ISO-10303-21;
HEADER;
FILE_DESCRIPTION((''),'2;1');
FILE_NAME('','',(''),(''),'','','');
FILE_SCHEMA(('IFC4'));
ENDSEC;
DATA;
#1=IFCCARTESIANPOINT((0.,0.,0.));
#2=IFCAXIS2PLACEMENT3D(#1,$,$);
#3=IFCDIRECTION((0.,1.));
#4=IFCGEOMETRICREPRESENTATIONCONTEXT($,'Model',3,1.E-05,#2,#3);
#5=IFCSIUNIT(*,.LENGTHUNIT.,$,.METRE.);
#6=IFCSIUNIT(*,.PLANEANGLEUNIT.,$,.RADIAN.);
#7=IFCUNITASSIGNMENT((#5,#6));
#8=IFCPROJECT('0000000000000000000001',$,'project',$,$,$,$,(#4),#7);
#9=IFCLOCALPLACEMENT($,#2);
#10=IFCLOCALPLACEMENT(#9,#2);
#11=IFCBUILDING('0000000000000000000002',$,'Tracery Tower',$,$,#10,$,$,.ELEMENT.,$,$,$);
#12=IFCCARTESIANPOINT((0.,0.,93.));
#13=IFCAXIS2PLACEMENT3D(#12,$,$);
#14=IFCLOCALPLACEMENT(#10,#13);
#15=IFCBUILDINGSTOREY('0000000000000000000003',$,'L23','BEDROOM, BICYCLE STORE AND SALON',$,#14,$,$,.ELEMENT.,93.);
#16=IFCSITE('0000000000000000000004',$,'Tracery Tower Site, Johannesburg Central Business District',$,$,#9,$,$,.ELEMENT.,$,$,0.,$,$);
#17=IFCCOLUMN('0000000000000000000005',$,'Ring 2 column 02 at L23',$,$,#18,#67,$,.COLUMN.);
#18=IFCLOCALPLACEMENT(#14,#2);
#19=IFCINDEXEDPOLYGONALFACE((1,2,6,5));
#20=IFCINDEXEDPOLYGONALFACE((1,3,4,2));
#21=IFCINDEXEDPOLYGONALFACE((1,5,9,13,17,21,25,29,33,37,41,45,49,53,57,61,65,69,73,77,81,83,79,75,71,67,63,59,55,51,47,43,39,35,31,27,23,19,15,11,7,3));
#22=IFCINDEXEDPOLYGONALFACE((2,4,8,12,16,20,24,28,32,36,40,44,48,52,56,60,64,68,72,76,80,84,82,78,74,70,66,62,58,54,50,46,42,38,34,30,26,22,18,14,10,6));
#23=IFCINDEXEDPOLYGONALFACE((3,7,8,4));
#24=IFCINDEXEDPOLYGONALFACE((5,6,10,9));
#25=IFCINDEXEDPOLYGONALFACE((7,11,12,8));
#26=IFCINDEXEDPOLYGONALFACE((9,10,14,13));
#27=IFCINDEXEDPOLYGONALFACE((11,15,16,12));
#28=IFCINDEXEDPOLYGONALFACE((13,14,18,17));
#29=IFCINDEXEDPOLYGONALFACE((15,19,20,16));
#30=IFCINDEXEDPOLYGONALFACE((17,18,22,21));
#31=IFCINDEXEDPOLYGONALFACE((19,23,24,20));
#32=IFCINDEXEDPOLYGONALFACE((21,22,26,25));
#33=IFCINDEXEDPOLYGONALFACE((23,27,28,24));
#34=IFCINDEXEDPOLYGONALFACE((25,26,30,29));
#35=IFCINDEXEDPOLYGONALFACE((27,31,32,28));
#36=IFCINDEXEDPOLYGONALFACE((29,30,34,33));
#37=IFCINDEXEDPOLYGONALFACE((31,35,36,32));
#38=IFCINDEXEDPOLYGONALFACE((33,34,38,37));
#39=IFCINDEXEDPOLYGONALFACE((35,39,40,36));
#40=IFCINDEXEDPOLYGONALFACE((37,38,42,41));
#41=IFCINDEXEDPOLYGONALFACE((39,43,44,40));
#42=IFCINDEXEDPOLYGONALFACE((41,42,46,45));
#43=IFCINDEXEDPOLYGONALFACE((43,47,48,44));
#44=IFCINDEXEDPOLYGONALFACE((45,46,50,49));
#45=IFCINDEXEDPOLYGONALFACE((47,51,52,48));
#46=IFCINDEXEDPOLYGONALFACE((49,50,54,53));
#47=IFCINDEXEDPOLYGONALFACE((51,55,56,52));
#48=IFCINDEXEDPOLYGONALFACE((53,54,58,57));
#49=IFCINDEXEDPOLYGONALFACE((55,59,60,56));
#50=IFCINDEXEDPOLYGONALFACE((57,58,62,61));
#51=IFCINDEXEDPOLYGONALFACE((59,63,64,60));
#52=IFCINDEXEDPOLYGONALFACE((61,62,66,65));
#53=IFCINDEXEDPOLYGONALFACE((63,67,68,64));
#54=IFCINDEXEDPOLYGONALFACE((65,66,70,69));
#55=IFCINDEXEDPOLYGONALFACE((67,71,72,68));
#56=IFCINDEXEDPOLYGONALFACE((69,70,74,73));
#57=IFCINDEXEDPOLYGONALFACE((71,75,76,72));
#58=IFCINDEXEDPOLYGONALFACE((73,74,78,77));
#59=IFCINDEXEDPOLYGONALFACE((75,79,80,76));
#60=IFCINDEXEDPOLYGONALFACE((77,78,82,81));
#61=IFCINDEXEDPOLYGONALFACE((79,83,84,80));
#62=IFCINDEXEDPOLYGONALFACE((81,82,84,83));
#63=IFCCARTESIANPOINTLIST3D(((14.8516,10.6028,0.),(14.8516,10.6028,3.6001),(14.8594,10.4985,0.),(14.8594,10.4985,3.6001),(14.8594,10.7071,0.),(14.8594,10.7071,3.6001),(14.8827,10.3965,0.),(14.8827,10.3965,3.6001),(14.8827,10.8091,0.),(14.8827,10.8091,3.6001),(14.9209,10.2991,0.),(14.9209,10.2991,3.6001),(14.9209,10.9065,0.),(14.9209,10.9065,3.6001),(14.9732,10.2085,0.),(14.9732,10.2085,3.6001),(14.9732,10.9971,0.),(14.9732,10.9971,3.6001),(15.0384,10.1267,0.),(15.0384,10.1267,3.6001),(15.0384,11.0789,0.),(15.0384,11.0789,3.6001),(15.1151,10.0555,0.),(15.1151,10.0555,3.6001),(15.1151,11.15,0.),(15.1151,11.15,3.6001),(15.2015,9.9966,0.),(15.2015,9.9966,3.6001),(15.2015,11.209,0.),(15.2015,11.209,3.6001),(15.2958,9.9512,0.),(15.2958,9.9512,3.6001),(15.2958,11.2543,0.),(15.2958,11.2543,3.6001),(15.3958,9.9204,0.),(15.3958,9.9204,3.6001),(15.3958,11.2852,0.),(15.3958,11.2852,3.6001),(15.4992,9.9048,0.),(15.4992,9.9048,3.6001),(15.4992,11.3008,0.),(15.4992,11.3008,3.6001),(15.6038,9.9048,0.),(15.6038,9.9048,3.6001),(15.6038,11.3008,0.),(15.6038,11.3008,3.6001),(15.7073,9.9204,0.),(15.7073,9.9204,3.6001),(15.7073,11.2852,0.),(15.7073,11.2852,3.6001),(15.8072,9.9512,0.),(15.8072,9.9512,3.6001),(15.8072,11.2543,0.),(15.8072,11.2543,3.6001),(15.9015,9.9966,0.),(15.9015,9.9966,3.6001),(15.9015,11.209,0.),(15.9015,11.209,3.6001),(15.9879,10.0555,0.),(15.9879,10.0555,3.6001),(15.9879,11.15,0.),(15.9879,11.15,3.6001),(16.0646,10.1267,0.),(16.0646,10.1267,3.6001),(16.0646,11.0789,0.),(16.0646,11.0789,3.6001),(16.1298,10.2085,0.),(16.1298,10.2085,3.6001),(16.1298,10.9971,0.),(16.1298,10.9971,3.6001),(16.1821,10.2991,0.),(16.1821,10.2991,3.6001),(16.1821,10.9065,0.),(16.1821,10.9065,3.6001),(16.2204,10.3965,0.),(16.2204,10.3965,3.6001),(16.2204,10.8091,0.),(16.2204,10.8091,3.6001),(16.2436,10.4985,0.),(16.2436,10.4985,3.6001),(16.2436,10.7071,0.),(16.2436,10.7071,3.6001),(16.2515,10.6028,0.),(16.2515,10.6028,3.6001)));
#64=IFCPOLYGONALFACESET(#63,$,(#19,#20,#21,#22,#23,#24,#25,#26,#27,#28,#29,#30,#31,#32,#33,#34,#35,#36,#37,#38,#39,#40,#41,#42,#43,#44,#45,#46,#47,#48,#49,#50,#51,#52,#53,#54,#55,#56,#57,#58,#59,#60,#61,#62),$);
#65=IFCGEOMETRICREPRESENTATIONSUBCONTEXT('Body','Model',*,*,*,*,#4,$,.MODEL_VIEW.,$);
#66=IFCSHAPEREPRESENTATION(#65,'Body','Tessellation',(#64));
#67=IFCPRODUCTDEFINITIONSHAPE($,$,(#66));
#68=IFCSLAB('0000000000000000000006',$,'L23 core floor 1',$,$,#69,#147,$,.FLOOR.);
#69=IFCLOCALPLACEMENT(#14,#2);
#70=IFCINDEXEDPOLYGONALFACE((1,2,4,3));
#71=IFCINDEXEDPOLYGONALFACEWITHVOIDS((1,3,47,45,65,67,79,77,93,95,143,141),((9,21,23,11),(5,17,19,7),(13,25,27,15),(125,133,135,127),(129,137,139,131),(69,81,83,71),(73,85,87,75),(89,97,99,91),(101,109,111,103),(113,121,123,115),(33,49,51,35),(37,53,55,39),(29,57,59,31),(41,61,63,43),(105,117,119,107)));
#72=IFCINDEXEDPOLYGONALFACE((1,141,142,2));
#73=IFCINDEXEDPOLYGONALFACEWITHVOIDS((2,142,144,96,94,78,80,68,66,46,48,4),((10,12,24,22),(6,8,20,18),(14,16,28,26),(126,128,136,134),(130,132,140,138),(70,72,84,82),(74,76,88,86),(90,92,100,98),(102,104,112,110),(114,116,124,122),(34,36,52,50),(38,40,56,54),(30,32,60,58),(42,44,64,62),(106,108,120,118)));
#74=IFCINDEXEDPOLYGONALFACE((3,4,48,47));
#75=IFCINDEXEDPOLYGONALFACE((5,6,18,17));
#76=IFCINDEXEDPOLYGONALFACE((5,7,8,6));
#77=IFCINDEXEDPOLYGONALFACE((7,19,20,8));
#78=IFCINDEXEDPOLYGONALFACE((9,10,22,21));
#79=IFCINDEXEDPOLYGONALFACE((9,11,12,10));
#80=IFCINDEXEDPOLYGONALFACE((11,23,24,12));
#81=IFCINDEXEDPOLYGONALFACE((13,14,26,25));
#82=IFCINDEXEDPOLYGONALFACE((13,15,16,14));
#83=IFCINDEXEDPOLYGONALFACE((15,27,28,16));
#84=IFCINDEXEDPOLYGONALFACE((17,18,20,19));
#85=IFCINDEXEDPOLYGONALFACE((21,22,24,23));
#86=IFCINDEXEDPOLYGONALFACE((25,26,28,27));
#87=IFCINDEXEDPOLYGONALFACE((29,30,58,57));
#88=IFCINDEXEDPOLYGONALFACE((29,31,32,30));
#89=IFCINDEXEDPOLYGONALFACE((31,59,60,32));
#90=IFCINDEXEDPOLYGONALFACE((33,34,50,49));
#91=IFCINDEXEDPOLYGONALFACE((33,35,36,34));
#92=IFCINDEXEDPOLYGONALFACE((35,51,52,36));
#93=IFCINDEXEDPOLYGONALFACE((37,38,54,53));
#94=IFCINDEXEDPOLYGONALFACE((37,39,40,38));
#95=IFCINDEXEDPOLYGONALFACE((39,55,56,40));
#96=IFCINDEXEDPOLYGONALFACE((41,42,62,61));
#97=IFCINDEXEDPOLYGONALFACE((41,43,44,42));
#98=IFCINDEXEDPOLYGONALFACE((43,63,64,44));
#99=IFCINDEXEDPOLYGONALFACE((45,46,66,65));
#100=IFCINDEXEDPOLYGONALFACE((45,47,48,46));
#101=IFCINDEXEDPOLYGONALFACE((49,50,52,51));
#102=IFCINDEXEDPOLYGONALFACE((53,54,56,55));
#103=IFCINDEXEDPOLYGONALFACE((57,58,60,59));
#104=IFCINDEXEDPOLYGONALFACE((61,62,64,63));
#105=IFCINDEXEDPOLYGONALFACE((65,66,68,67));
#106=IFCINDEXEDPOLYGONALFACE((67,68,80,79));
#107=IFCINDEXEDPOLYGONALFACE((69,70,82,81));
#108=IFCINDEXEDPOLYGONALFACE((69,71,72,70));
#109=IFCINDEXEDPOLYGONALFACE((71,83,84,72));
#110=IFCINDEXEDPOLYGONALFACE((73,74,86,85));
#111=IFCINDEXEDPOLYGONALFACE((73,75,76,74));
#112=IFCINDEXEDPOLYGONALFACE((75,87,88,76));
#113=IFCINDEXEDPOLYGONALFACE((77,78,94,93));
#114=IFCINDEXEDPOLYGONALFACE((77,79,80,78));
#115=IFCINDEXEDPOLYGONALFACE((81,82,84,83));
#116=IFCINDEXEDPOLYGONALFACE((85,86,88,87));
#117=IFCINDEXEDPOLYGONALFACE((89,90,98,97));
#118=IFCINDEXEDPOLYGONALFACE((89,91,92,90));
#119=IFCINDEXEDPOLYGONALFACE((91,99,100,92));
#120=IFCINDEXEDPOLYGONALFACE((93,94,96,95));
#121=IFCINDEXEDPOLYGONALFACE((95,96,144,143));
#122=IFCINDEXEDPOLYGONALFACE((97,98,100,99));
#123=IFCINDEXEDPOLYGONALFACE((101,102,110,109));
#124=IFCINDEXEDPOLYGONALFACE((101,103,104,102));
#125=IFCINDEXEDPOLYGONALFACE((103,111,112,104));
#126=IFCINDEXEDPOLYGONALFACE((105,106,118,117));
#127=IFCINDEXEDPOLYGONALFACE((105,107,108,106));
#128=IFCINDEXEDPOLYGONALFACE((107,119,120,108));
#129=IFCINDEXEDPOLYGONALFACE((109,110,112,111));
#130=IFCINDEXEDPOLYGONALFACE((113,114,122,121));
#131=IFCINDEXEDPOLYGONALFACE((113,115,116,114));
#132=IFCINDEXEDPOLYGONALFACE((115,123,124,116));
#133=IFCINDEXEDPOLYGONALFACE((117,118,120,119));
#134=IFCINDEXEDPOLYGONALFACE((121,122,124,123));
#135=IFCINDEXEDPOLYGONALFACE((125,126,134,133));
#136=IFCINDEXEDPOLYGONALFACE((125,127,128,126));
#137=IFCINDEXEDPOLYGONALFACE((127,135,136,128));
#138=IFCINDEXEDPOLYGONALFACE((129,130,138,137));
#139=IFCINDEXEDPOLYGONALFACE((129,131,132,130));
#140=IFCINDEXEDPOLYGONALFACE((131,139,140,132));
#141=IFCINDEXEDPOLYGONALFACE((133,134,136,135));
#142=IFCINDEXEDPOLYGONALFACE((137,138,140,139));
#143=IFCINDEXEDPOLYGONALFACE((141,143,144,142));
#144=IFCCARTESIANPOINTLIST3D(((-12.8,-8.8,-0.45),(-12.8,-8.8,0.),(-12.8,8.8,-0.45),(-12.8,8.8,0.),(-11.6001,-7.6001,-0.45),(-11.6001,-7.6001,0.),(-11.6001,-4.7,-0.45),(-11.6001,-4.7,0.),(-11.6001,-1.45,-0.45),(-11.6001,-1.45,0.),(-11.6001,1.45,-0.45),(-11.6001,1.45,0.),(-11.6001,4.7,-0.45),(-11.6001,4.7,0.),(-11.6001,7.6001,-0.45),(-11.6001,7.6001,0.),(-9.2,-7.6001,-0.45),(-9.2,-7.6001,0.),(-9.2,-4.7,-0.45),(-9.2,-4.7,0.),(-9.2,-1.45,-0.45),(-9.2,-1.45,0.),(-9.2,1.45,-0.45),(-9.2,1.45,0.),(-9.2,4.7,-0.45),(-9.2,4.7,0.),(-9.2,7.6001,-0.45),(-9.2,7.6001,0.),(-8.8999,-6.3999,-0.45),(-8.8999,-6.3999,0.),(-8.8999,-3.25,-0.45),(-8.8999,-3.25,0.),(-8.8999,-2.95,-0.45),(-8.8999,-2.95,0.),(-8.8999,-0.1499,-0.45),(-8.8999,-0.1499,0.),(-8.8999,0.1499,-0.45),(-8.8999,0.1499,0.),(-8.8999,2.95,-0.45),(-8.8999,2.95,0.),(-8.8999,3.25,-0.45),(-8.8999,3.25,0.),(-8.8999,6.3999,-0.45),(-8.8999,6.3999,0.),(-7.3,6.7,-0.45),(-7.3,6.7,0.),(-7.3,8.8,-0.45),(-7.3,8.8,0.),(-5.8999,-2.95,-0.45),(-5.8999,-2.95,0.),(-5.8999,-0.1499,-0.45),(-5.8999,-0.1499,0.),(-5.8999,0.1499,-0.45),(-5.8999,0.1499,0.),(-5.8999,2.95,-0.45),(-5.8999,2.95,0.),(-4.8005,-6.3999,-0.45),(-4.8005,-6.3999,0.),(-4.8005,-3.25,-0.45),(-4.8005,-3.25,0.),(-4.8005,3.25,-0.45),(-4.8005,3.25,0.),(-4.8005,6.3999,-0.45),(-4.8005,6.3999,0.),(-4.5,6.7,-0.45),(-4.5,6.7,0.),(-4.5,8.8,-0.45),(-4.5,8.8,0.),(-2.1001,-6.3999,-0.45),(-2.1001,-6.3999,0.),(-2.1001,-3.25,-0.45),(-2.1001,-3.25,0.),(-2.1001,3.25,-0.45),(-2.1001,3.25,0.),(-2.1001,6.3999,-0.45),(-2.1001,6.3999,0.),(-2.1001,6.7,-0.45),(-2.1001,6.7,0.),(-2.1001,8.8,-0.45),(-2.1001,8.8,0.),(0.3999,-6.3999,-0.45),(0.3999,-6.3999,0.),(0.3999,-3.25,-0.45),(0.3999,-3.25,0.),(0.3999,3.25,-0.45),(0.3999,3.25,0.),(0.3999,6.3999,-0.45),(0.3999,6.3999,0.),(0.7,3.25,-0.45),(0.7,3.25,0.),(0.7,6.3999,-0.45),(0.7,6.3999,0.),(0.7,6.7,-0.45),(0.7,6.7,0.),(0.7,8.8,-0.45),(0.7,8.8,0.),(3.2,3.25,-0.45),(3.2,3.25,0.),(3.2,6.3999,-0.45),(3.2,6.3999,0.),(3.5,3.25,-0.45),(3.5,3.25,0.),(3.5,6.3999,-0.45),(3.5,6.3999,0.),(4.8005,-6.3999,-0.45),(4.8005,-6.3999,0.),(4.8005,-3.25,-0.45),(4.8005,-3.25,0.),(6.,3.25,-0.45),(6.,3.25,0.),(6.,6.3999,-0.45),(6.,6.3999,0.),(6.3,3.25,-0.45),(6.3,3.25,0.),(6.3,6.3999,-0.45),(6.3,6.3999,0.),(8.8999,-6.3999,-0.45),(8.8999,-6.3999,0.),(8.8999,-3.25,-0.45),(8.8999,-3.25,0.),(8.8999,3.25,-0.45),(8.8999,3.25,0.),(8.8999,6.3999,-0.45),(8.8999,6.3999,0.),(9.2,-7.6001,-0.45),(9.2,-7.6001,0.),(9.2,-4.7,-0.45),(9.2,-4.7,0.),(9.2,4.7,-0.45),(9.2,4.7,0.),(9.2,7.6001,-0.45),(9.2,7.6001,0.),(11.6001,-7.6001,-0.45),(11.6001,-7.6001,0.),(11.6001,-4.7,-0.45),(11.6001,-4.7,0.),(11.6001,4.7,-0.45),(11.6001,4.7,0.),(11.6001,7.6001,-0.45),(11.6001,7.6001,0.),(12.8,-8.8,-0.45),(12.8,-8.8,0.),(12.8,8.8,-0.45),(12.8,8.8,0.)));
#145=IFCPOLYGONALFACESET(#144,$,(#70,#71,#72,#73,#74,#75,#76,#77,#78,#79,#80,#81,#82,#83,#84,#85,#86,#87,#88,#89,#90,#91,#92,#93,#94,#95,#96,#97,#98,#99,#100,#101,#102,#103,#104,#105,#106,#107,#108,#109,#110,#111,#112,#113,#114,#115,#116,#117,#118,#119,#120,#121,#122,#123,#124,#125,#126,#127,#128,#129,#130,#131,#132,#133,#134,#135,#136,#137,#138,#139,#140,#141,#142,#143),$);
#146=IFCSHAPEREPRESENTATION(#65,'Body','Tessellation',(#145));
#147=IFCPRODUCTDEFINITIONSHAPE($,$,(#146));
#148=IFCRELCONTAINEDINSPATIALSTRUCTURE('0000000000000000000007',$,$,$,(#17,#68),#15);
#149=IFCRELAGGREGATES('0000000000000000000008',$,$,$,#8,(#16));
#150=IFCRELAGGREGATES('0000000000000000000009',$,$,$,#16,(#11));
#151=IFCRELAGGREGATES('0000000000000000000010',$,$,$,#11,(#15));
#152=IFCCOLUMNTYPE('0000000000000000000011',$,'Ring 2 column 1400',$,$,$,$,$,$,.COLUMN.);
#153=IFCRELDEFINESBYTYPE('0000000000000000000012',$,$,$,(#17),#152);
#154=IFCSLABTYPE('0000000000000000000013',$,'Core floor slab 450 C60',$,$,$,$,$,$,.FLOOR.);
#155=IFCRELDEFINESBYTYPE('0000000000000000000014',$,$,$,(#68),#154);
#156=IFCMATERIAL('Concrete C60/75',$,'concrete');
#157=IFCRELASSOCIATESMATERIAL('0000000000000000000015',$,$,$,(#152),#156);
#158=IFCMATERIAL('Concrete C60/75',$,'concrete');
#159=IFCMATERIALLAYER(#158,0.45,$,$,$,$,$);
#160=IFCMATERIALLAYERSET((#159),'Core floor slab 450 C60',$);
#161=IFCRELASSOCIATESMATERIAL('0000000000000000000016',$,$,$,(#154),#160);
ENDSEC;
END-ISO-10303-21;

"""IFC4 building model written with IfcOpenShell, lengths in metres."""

from ifc_helpers import new_model, si_unit, direction, frame, origin, origin_2d, place, context, subcontext, project, spatial, polyline, circle, outline, extrude, material, layer, layer_set, material_profile, profile_set, type_object, element, save


model = new_model("IFC4")

# Units and contexts
model_context = context("Model", 3, precision=1e-05, world=origin(), true_north=direction((0.0, 1.0)))
body_context = subcontext(model_context, "Body", "Model", "MODEL_VIEW")
ifc_project = project(units=[si_unit("LENGTHUNIT", "METRE"), si_unit("PLANEANGLEUNIT", "RADIAN")], contexts=[model_context])

# Site, building, storey
site_placement = place(None, origin())
site = spatial("IfcSite", under=ifc_project, at=site_placement, Name="Tracery Tower Site, Johannesburg Central Business District", CompositionType="ELEMENT", RefElevation=0.0)
building_placement = place(site_placement, origin())
building = spatial("IfcBuilding", under=site, at=building_placement, Name="Tracery Tower", CompositionType="ELEMENT")
storey_placement = place(building_placement, frame((0.0, 0.0, 93.0)))
storey = spatial("IfcBuildingStorey", under=building, at=storey_placement, Name="L23", Description="BEDROOM, BICYCLE STORE AND SALON", CompositionType="ELEMENT", Elevation=93.0)

# Column
ifc_material_1 = material(Name="Concrete C60/75", Category="concrete")
ifc_material_profile = material_profile(ifc_material_1, circle(Radius=0.7, at=origin_2d()), Name="RC D1400")
ifc_profile_set = profile_set([ifc_material_profile], Name="Concrete C60/75")
column_type = type_object("IfcColumnType", Name="Ring 2 column 1400", PredefinedType="COLUMN", material=ifc_profile_set)
column_placement = place(storey_placement, frame((15.5515, 10.6028, 0.0), z_axis=(0.0, 0.0, 1.0), x_axis=(1.0, 0.0, 0.0)))
element("IfcColumn", 1, at=column_placement, inside=storey, type_object=column_type, Name="Ring 2 column 02 at L23", PredefinedType="COLUMN", context=body_context, shape_type="SweptSolid", body=[
    extrude(circle(Radius=0.7, at=origin_2d()), origin(), (0.0, 0.0, 1.0), 3.6001),
])

# Slab
ifc_material_2 = material(Name="Concrete C60/75", Category="concrete")
ifc_layer_1 = layer(ifc_material_2, 0.45)
ifc_layer_set_1 = layer_set([ifc_layer_1], Name="Core floor slab 450 C60")
slab_type_1 = type_object("IfcSlabType", Name="Core floor slab 450 C60", PredefinedType="FLOOR", material=ifc_layer_set_1)
slab_1_placement = place(storey_placement, frame((0.0, 0.0, -0.45)))
element("IfcSlab", 2, at=slab_1_placement, inside=storey, type_object=slab_type_1, Name="L23 core floor 1", PredefinedType="FLOOR", context=body_context, shape_type="SweptSolid", body=[
    extrude(outline(polyline([(-12.8, 8.8), (-7.3, 8.8), (-7.3, 6.7), (-4.5, 6.7), (-4.5, 8.8), (-2.1001, 8.8), (-2.1001, 6.7), (0.7, 6.7), (0.7, 8.8), (12.8, 8.8), (12.8, -8.8), (-12.8, -8.8), (-12.8, 8.8)]), holes=[polyline([(11.6001, -7.6001), (11.6001, -4.7), (9.2, -4.7), (9.2, -7.6001), (11.6001, -7.6001)]), polyline([(11.6001, 4.7), (11.6001, 7.6001), (9.2, 7.6001), (9.2, 4.7), (11.6001, 4.7)]), polyline([(4.8005, -3.25), (4.8005, -6.3999), (8.8999, -6.3999), (8.8999, -3.25), (4.8005, -3.25)]), polyline([(6.3, 3.25), (8.8999, 3.25), (8.8999, 6.3999), (6.3, 6.3999), (6.3, 3.25)]), polyline([(3.5, 3.25), (6.0, 3.25), (6.0, 6.3999), (3.5, 6.3999), (3.5, 3.25)]), polyline([(3.2, 3.25), (3.2, 6.3999), (0.7, 6.3999), (0.7, 3.25), (3.2, 3.25)]), polyline([(-2.1001, 3.25), (0.3999, 3.25), (0.3999, 6.3999), (-2.1001, 6.3999), (-2.1001, 3.25)]), polyline([(0.3999, -6.3999), (0.3999, -3.25), (-2.1001, -3.25), (-2.1001, -6.3999), (0.3999, -6.3999)]), polyline([(-4.8005, -3.25), (-8.8999, -3.25), (-8.8999, -6.3999), (-4.8005, -6.3999), (-4.8005, -3.25)]), polyline([(-4.8005, 6.3999), (-8.8999, 6.3999), (-8.8999, 3.25), (-4.8005, 3.25), (-4.8005, 6.3999)]), polyline([(-8.8999, -2.95), (-5.8999, -2.95), (-5.8999, -0.1499), (-8.8999, -0.1499), (-8.8999, -2.95)]), polyline([(-5.8999, 0.1499), (-5.8999, 2.95), (-8.8999, 2.95), (-8.8999, 0.1499), (-5.8999, 0.1499)]), polyline([(-11.6001, 4.7), (-9.2, 4.7), (-9.2, 7.6001), (-11.6001, 7.6001), (-11.6001, 4.7)]), polyline([(-9.2, -7.6001), (-9.2, -4.7), (-11.6001, -4.7), (-11.6001, -7.6001), (-9.2, -7.6001)]), polyline([(-9.2, -1.45), (-9.2, 1.45), (-11.6001, 1.45), (-11.6001, -1.45), (-9.2, -1.45)])]), origin(), (0.0, 0.0, 1.0), 0.45),
])

save(model, "model.ifc")
